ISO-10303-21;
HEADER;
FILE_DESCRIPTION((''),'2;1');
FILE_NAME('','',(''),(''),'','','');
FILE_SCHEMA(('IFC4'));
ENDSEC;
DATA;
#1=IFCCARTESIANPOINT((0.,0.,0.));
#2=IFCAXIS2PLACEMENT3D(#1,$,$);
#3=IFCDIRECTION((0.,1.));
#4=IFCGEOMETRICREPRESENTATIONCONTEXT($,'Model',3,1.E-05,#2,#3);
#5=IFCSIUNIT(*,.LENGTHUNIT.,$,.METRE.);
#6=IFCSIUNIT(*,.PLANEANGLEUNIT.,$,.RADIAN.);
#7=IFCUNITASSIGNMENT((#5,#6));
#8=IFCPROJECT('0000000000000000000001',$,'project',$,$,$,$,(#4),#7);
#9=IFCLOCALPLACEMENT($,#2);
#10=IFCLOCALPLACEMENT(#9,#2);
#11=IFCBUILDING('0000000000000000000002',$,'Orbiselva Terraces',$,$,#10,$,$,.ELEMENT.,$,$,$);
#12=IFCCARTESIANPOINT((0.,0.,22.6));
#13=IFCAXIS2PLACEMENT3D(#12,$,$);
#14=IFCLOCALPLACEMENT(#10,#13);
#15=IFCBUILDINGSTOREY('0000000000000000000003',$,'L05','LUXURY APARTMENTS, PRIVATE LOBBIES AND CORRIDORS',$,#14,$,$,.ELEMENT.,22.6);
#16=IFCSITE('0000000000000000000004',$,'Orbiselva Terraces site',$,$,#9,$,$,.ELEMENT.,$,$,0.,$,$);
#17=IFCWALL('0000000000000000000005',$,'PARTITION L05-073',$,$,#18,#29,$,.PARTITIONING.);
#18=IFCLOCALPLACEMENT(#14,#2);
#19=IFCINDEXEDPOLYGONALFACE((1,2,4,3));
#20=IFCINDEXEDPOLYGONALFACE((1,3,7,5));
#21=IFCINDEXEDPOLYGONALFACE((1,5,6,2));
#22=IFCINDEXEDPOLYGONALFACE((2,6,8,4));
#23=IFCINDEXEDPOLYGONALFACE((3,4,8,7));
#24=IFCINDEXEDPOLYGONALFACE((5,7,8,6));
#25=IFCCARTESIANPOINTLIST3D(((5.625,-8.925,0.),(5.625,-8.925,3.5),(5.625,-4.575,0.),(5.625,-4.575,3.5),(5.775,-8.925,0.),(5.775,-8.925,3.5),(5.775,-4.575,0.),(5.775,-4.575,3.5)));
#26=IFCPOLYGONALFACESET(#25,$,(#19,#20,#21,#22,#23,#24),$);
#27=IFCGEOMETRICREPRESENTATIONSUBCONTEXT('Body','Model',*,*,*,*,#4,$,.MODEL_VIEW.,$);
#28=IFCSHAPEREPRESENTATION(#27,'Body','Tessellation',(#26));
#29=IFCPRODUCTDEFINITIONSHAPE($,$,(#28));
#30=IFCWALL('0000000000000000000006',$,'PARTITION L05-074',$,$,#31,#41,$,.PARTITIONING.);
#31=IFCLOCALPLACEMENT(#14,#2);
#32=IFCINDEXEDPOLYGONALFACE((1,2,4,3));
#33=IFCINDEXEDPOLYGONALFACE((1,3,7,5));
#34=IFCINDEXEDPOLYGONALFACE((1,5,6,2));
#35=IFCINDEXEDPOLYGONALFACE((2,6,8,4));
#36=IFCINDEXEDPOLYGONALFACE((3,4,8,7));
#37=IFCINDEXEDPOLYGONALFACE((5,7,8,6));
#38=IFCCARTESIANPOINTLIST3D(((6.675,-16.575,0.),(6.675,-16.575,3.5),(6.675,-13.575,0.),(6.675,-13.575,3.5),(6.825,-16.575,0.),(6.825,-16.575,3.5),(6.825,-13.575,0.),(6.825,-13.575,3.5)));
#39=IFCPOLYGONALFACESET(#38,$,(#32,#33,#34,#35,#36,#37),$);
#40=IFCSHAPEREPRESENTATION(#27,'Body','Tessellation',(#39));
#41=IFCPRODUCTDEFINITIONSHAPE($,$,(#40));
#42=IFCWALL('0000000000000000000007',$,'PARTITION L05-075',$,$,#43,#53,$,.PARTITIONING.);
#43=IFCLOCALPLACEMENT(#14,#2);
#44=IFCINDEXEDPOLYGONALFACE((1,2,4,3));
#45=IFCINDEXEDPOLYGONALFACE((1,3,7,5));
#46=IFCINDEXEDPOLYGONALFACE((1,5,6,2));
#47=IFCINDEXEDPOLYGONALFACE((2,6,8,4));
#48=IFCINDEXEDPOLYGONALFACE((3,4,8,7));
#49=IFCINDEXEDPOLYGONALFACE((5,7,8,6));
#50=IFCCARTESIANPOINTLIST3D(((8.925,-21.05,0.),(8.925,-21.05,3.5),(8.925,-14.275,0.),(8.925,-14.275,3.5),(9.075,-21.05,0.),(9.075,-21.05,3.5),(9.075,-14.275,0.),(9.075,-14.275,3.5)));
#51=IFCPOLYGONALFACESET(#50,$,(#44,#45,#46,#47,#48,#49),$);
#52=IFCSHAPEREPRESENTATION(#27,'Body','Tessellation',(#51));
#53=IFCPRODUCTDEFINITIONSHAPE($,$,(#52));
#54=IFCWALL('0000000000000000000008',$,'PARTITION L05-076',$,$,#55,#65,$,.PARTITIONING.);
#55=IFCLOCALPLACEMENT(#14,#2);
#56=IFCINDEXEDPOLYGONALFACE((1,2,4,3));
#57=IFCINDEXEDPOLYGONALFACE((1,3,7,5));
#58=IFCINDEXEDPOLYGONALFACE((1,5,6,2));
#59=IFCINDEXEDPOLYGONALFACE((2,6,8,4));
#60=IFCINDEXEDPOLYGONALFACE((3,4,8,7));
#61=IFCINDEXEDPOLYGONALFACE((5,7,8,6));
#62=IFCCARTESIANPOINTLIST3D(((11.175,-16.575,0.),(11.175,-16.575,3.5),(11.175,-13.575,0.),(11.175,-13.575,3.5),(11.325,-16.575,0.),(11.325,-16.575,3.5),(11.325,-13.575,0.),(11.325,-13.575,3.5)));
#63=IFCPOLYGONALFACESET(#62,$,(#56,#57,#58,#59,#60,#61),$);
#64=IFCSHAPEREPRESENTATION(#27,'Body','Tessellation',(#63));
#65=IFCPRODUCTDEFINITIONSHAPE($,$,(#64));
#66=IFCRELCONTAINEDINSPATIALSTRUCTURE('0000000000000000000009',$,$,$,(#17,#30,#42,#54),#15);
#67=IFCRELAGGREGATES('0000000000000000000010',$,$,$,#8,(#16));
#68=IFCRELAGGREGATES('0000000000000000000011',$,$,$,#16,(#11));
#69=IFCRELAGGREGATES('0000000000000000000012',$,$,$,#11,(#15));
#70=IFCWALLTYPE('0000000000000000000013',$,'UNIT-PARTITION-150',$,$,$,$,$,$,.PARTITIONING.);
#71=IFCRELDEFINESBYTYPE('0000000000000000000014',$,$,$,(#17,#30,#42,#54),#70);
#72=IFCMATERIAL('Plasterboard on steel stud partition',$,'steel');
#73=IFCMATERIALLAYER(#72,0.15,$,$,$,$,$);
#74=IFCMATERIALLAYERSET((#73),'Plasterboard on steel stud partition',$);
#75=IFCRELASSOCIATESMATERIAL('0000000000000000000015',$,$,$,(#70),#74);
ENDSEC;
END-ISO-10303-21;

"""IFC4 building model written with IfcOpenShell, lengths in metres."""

from ifc_helpers import new_model, si_unit, direction, frame, frame_2d, origin, place, context, subcontext, project, spatial, rectangle, extrude, material, layer, layer_set, type_object, element, save


model = new_model("IFC4")

# Units and contexts
model_context = context("Model", 3, precision=1e-05, world=origin(), true_north=direction((0.0, 1.0)))
body_context = subcontext(model_context, "Body", "Model", "MODEL_VIEW")
ifc_project = project(units=[si_unit("LENGTHUNIT", "METRE"), si_unit("PLANEANGLEUNIT", "RADIAN")], contexts=[model_context])

# Site, building, storey
site_placement = place(None, origin())
site = spatial("IfcSite", under=ifc_project, at=site_placement, Name="Orbiselva Terraces site", CompositionType="ELEMENT", RefElevation=0.0)
building_placement = place(site_placement, origin())
building = spatial("IfcBuilding", under=site, at=building_placement, Name="Orbiselva Terraces", CompositionType="ELEMENT")
storey_placement = place(building_placement, frame((0.0, 0.0, 22.6)))
storey = spatial("IfcBuildingStorey", under=building, at=storey_placement, Name="L05", Description="LUXURY APARTMENTS, PRIVATE LOBBIES AND CORRIDORS", CompositionType="ELEMENT", Elevation=22.6)

# Shared definitions
ifc_material_1 = material(Name="Plasterboard on steel stud partition", Category="steel")

# Shared definitions
ifc_layer_1 = layer(ifc_material_1, 0.15)
ifc_layer_set_1 = layer_set([ifc_layer_1], Name="Plasterboard on steel stud partition")
wall_type_1 = type_object("IfcWallType", Name="UNIT-PARTITION-150", PredefinedType="PARTITIONING", material=ifc_layer_set_1)

# Walls
wall_1_placement = place(storey_placement, frame((5.7, -8.925, 0.0), z_axis=(0.0, 0.0, 1.0), x_axis=(0.0, 1.0, 0.0)))
element("IfcWall", 1, at=wall_1_placement, inside=storey, type_object=wall_type_1, Name="PARTITION L05-073", PredefinedType="PARTITIONING", context=body_context, shape_type="SweptSolid", body=[
    extrude(rectangle(XDim=4.35, YDim=0.15, at=frame_2d((2.175, 0.0))), origin(), (0.0, 0.0, 1.0), 3.5),
])
wall_2_placement = place(storey_placement, frame((6.75, -16.575, 0.0), z_axis=(0.0, 0.0, 1.0), x_axis=(0.0, 1.0, 0.0)))
element("IfcWall", 2, at=wall_2_placement, inside=storey, type_object=wall_type_1, Name="PARTITION L05-074", PredefinedType="PARTITIONING", context=body_context, shape_type="SweptSolid", body=[
    extrude(rectangle(XDim=3.0, YDim=0.15, at=frame_2d((1.5, 0.0))), origin(), (0.0, 0.0, 1.0), 3.5),
])
wall_3_placement = place(storey_placement, frame((9.0, -21.05, 0.0), z_axis=(0.0, 0.0, 1.0), x_axis=(0.0, 1.0, 0.0)))
element("IfcWall", 3, at=wall_3_placement, inside=storey, type_object=wall_type_1, Name="PARTITION L05-075", PredefinedType="PARTITIONING", context=body_context, shape_type="SweptSolid", body=[
    extrude(rectangle(XDim=6.775, YDim=0.15, at=frame_2d((3.3875, 0.0))), origin(), (0.0, 0.0, 1.0), 3.5),
])
wall_4_placement = place(storey_placement, frame((11.25, -16.575, 0.0), z_axis=(0.0, 0.0, 1.0), x_axis=(0.0, 1.0, 0.0)))
element("IfcWall", 4, at=wall_4_placement, inside=storey, type_object=wall_type_1, Name="PARTITION L05-076", PredefinedType="PARTITIONING", context=body_context, shape_type="SweptSolid", body=[
    extrude(rectangle(XDim=3.0, YDim=0.15, at=frame_2d((1.5, 0.0))), origin(), (0.0, 0.0, 1.0), 3.5),
])

save(model, "model.ifc")
